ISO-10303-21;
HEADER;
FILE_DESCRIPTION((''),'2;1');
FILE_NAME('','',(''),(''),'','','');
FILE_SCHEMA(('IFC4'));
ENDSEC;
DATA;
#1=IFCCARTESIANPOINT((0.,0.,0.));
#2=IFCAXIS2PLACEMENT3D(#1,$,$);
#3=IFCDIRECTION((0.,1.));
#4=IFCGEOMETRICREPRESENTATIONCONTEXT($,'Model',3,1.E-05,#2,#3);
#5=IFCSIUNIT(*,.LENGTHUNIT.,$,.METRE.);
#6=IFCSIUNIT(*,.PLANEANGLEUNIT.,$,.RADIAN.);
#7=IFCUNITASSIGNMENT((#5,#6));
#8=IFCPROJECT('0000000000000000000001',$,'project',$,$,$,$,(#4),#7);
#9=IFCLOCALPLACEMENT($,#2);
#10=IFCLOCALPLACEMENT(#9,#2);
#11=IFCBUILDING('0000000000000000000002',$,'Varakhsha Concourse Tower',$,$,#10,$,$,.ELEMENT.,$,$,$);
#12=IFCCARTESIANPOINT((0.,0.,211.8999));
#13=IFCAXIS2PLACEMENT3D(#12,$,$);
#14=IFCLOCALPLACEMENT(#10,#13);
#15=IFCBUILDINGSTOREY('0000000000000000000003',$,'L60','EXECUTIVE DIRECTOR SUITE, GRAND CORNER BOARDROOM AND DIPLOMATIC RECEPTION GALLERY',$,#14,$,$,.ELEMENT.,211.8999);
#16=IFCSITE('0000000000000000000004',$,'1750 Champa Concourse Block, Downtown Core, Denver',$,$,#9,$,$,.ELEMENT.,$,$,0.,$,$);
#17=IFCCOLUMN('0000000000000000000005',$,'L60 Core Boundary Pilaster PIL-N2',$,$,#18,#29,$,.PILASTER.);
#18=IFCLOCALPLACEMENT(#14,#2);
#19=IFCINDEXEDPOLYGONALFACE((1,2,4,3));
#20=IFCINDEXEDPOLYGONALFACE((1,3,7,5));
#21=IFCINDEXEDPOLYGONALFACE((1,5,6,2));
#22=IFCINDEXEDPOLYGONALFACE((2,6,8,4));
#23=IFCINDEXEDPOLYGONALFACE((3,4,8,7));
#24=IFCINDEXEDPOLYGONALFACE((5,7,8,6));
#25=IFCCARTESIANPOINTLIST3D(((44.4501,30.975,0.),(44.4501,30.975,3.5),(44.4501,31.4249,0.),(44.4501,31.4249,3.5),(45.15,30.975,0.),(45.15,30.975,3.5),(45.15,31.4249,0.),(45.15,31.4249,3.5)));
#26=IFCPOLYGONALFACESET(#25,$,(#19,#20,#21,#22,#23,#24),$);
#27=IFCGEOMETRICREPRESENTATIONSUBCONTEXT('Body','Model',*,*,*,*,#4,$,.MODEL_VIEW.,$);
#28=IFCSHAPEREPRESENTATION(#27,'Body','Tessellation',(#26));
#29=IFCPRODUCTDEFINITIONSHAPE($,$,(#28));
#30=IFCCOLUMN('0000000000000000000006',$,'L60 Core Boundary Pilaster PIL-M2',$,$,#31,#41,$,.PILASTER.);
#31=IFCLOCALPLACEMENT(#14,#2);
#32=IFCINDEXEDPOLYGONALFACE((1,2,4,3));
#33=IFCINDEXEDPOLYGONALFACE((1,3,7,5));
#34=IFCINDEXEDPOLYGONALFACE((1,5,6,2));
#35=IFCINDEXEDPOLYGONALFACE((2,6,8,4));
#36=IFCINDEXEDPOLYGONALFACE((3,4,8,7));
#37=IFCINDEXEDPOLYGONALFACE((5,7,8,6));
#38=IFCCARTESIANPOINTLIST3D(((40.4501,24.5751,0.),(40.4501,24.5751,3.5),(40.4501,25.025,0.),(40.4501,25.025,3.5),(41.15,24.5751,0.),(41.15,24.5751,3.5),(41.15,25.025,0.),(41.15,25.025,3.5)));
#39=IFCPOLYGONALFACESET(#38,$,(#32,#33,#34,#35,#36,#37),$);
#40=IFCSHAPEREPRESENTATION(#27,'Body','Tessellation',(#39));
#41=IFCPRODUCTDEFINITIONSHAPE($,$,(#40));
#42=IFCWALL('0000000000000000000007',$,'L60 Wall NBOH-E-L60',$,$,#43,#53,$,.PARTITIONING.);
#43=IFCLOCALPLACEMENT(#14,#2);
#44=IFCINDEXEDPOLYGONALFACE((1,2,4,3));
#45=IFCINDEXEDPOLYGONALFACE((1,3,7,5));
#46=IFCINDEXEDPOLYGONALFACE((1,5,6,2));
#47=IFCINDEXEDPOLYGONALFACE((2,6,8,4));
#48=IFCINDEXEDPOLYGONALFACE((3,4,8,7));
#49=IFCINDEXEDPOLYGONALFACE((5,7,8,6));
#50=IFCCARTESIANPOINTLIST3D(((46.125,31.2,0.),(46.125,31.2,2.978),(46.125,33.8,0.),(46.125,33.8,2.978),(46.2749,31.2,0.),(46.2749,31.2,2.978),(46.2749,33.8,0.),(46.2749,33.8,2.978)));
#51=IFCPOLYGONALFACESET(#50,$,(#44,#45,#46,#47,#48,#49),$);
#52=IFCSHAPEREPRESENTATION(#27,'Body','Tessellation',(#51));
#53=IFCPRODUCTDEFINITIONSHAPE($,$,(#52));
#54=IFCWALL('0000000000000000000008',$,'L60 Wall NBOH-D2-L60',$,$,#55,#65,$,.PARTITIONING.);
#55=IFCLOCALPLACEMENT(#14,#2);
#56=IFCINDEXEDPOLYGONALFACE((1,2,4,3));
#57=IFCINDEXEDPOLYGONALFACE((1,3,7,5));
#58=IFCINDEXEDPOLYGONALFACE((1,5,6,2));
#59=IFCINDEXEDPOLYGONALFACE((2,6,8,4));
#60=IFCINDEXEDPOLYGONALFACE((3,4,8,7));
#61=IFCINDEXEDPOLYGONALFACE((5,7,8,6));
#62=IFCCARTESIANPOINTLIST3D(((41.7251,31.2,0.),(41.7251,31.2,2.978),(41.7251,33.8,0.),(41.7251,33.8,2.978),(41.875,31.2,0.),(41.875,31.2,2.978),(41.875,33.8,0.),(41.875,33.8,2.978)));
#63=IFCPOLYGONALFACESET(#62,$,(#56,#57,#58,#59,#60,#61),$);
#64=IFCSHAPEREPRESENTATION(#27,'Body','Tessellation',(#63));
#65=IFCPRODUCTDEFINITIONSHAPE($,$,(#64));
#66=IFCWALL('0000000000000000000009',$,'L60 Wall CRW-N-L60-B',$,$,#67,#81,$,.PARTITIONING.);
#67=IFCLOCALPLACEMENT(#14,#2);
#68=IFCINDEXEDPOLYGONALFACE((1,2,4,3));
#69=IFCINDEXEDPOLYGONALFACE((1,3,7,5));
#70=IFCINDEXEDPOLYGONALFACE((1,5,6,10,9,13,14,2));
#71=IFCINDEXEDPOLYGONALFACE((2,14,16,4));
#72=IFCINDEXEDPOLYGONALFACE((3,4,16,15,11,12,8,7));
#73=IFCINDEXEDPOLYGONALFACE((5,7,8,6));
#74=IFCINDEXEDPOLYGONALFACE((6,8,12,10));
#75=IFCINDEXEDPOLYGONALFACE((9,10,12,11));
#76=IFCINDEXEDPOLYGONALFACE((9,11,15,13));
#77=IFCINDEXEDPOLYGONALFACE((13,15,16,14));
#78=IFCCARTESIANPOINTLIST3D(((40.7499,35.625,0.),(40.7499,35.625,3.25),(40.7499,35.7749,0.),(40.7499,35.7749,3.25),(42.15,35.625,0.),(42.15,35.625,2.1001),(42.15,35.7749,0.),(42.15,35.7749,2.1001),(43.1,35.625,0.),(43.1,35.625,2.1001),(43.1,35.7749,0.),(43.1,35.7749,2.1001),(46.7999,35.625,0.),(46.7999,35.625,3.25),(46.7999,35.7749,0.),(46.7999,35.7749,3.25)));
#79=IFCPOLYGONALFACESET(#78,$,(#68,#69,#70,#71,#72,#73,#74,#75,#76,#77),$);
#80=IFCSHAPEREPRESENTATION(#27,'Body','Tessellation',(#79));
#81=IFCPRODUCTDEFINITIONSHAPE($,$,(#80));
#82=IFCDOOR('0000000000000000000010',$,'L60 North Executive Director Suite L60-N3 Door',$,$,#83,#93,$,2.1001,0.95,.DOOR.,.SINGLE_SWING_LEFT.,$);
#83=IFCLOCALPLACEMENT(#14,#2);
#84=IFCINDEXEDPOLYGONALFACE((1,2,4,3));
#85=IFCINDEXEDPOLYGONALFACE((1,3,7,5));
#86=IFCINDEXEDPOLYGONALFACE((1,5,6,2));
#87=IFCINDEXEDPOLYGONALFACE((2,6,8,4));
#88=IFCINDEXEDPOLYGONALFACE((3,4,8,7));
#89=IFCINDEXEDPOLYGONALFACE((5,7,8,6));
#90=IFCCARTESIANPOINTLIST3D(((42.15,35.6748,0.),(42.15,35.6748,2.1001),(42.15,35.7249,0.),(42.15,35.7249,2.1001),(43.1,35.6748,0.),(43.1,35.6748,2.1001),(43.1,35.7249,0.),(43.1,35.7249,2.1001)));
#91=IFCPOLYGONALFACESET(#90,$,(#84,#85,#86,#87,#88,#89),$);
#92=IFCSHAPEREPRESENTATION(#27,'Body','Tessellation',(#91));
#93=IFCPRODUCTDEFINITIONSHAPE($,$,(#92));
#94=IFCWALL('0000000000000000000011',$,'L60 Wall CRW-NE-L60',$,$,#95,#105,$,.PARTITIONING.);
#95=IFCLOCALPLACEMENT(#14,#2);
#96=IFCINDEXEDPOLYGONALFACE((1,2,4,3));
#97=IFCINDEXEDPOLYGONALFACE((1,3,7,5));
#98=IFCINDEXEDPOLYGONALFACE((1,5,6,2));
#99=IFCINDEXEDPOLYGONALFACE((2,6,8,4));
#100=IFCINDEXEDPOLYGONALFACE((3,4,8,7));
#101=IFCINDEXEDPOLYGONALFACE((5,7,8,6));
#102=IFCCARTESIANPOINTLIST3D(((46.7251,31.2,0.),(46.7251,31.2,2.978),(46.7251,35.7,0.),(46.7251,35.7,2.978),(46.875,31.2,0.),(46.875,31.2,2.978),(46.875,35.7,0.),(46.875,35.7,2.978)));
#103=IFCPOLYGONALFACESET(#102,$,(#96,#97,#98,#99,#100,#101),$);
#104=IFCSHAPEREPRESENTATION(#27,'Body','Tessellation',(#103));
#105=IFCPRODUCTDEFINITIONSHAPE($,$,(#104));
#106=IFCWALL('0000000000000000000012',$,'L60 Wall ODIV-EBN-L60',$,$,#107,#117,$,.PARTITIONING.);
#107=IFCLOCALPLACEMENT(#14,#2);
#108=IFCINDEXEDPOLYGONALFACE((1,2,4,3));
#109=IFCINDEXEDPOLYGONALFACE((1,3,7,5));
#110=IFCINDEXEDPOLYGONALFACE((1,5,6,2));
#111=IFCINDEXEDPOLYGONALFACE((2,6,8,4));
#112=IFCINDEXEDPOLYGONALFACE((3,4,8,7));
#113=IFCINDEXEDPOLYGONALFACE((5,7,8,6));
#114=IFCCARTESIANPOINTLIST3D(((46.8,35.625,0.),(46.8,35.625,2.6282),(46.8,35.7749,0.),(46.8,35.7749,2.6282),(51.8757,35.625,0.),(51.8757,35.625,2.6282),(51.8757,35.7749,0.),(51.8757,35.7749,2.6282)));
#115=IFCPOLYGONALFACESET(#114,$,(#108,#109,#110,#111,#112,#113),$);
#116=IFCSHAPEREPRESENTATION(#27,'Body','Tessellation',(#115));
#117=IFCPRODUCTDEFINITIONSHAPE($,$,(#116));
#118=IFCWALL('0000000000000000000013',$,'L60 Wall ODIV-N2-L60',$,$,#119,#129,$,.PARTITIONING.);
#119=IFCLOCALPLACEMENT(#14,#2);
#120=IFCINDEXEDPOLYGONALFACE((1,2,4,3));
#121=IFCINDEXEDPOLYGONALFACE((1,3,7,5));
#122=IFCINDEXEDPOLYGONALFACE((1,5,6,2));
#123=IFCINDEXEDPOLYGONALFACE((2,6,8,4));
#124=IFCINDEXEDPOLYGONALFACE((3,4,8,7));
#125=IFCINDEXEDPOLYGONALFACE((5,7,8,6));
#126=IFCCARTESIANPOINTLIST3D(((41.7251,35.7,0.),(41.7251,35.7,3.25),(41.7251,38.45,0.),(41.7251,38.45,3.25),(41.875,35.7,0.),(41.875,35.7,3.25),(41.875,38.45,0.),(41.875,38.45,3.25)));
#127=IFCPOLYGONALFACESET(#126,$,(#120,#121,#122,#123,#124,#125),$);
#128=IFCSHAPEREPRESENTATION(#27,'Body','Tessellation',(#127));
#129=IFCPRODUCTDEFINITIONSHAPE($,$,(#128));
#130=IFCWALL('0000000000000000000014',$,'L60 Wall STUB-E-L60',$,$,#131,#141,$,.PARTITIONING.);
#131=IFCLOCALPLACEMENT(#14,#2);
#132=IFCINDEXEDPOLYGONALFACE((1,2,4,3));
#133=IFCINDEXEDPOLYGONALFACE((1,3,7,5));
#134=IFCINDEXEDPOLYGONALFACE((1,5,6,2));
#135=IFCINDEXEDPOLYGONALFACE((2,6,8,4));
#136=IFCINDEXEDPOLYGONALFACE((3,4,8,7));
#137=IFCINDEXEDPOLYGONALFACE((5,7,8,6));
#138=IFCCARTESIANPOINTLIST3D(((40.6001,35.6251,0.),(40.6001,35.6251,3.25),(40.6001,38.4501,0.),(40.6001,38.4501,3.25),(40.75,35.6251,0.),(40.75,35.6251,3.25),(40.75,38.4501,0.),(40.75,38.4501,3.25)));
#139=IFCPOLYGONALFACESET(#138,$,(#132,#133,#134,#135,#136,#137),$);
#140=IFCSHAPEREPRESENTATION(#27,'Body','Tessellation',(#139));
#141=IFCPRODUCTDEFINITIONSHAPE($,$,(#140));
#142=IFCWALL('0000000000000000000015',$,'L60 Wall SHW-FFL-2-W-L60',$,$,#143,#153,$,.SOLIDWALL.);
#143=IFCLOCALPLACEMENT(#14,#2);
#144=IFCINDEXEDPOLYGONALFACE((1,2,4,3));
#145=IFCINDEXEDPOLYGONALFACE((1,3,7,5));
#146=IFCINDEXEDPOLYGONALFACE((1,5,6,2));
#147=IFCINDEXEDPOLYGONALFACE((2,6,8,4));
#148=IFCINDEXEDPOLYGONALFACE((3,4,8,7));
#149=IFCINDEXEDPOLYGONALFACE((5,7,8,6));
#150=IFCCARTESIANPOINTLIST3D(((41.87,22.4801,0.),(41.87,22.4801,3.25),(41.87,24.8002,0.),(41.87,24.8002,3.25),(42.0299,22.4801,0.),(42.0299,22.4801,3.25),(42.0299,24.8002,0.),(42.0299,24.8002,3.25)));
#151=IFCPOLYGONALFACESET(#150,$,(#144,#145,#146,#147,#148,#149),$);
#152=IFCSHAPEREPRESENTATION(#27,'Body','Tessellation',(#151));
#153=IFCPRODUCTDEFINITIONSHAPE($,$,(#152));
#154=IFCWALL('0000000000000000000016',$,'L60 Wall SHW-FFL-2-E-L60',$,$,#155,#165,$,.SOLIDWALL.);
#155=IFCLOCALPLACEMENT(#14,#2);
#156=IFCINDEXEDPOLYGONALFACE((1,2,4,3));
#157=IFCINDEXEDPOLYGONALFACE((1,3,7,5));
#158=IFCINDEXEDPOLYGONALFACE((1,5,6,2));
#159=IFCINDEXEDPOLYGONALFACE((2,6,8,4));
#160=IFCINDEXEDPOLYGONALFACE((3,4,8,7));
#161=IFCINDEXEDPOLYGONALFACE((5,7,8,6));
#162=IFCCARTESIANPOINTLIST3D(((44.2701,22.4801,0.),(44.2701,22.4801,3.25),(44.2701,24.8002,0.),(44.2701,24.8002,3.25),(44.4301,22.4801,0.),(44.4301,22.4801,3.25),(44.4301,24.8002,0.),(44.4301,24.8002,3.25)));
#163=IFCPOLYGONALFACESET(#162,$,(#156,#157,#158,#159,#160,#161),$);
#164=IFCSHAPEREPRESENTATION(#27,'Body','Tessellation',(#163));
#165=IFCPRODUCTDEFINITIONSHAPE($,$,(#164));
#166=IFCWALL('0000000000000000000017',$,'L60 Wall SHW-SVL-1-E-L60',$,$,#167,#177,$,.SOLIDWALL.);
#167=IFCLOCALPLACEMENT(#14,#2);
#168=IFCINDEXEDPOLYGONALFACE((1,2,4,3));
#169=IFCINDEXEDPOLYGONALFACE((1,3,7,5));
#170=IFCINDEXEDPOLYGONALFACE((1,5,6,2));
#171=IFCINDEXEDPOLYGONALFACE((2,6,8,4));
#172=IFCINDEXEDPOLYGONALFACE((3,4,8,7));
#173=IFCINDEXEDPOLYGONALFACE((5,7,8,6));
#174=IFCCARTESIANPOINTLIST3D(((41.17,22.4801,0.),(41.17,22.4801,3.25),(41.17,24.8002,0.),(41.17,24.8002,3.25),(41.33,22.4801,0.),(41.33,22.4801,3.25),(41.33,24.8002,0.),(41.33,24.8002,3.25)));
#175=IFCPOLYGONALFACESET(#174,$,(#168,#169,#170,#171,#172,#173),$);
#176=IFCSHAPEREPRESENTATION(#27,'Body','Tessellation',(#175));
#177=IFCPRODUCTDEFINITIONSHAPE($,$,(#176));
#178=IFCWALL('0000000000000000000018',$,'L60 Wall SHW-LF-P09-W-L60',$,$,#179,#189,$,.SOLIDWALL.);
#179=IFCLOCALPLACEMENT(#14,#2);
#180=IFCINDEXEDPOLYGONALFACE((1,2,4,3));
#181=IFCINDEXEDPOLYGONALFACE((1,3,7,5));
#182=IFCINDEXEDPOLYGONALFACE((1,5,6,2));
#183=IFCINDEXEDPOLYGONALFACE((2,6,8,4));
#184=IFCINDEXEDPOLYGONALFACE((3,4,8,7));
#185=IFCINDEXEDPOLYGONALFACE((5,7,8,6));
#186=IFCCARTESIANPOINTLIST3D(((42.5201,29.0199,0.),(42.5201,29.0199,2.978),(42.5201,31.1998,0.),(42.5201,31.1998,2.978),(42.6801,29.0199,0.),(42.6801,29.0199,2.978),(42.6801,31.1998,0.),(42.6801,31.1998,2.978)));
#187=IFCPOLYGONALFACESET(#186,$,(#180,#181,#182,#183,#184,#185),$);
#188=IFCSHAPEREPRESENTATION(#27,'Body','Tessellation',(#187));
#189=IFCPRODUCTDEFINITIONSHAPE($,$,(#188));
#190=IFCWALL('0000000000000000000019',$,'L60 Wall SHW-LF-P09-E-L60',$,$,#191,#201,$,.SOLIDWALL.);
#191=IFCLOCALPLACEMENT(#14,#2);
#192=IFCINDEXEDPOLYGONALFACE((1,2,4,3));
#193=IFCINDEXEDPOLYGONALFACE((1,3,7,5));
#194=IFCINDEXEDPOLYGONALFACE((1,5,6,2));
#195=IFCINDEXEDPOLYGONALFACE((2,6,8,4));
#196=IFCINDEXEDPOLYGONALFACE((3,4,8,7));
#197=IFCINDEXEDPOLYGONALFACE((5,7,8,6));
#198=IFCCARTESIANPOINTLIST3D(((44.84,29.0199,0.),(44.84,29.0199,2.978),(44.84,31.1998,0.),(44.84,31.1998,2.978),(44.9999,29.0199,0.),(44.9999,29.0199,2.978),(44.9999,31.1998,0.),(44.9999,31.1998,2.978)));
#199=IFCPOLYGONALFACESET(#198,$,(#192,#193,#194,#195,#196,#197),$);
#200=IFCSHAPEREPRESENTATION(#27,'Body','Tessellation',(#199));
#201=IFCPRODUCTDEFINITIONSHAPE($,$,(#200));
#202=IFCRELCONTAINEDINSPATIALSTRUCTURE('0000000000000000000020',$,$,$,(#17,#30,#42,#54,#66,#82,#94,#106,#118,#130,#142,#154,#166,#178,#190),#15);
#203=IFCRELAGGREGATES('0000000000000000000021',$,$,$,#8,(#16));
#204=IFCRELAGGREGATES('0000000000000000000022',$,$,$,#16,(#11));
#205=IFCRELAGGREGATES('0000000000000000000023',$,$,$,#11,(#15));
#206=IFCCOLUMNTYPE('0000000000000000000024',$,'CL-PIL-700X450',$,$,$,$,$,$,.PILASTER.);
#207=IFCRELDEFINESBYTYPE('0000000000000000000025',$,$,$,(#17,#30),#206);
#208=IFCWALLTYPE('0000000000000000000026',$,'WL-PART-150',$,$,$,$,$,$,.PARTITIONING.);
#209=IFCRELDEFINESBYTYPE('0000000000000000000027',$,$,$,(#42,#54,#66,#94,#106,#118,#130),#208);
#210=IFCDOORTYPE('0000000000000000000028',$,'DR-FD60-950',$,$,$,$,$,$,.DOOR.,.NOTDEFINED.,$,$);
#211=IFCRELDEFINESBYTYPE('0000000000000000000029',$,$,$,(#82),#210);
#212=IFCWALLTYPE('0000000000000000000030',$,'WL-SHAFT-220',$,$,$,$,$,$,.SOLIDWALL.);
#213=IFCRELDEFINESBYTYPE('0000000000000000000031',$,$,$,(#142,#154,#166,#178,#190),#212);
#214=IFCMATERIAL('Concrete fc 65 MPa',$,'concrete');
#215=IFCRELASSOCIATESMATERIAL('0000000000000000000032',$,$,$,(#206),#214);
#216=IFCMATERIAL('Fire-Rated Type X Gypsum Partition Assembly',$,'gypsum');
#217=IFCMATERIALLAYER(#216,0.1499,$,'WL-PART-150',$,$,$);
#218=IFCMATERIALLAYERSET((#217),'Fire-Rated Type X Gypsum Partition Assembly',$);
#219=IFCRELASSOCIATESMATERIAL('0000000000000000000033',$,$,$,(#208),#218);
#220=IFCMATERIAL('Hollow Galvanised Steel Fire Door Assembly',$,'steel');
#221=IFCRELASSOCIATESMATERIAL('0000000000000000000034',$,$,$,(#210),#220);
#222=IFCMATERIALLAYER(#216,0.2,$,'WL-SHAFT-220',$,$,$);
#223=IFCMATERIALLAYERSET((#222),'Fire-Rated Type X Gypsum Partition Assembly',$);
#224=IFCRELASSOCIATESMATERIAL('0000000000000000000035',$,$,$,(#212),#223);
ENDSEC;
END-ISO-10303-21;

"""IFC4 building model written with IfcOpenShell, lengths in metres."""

from ifc_helpers import new_model, si_unit, direction, frame, frame_2d, origin, origin_2d, place, context, subcontext, project, spatial, rectangle, extrude, material, layer, layer_set, material_profile, profile_set, type_object, element, fill, save


model = new_model("IFC4")

# Units and contexts
model_context = context("Model", 3, precision=1e-05, world=origin(), true_north=direction((0.0, 1.0)))
body_context = subcontext(model_context, "Body", "Model", "MODEL_VIEW")
ifc_project = project(units=[si_unit("LENGTHUNIT", "METRE"), si_unit("PLANEANGLEUNIT", "RADIAN")], contexts=[model_context])

# Site, building, storey
site_placement = place(None, origin())
site = spatial("IfcSite", under=ifc_project, at=site_placement, Name="1750 Champa Concourse Block, Downtown Core, Denver", CompositionType="ELEMENT", RefElevation=0.0)
building_placement = place(site_placement, origin())
building = spatial("IfcBuilding", under=site, at=building_placement, Name="Varakhsha Concourse Tower", CompositionType="ELEMENT")
storey_placement = place(building_placement, frame((0.0, 0.0, 211.8999)))
storey = spatial("IfcBuildingStorey", under=building, at=storey_placement, Name="L60", Description="EXECUTIVE DIRECTOR SUITE, GRAND CORNER BOARDROOM AND DIPLOMATIC RECEPTION GALLERY", CompositionType="ELEMENT", Elevation=211.8999)

# Columns
ifc_material_1 = material(Name="Concrete fc 65 MPa", Category="concrete")
ifc_material_profile = material_profile(ifc_material_1, rectangle(XDim=0.7, YDim=0.45, at=origin_2d()), Name="RC 700x450")
ifc_profile_set = profile_set([ifc_material_profile], Name="Concrete fc 65 MPa")
column_type = type_object("IfcColumnType", Name="CL-PIL-700X450", PredefinedType="PILASTER", material=ifc_profile_set)
for number, where, z_axis, x_axis, name in (
    (1, (44.8, 31.2, 0.0), (0.0, 0.0, 1.0), (1.0, 0.0, 0.0), "L60 Core Boundary Pilaster PIL-N2"),
    (2, (40.8, 24.8, 0.0), (0.0, 0.0, 1.0), (1.0, 0.0, 0.0), "L60 Core Boundary Pilaster PIL-M2"),
):
    element("IfcColumn", number, at=place(storey_placement, frame(where, z_axis=z_axis, x_axis=x_axis)), inside=storey, type_object=column_type, Name=name, PredefinedType="PILASTER", context=body_context, shape_type="SweptSolid", body=[
        extrude(rectangle(XDim=0.7, YDim=0.45, at=origin_2d()), origin(), (0.0, 0.0, 1.0), 3.5),
    ])

# Walls
ifc_material_2 = material(Name="Fire-Rated Type X Gypsum Partition Assembly", Category="gypsum")
ifc_layer_1 = layer(ifc_material_2, 0.1499, Name="WL-PART-150")
ifc_layer_set_1 = layer_set([ifc_layer_1], Name="Fire-Rated Type X Gypsum Partition Assembly")
wall_type_1 = type_object("IfcWallType", Name="WL-PART-150", PredefinedType="PARTITIONING", material=ifc_layer_set_1)
for number, where, z_axis, x_axis, name in (
    (3, (46.2, 31.2, 0.0), (0.0, 0.0, 1.0), (0.0, 1.0, 0.0), "L60 Wall NBOH-E-L60"),
    (4, (41.8, 31.2, 0.0), (0.0, 0.0, 1.0), (0.0, 1.0, 0.0), "L60 Wall NBOH-D2-L60"),
):
    element("IfcWall", number, at=place(storey_placement, frame(where, z_axis=z_axis, x_axis=x_axis)), inside=storey, type_object=wall_type_1, Name=name, PredefinedType="PARTITIONING", context=body_context, shape_type="SweptSolid", body=[
        extrude(rectangle(XDim=2.6001, YDim=0.1499, at=frame_2d((1.3, 0.0))), origin(), (0.0, 0.0, 1.0), 2.978),
    ])

# Wall, opening, door
wall_1_placement = place(storey_placement, frame((40.75, 35.7, 0.0), z_axis=(0.0, 0.0, 1.0), x_axis=(1.0, 0.0, 0.0)))
wall_1 = element("IfcWall", 5, at=wall_1_placement, inside=storey, type_object=wall_type_1, Name="L60 Wall CRW-N-L60-B", PredefinedType="PARTITIONING", context=body_context, shape_type="SweptSolid", body=[
    extrude(rectangle(XDim=6.05, YDim=0.1499, at=frame_2d((3.0249, 0.0))), origin(), (0.0, 0.0, 1.0), 3.25),
])
opening_placement = place(wall_1_placement, frame((1.3999, 0.0, 0.0)))
opening = element("IfcOpeningElement", 6, at=opening_placement, cuts=wall_1, PredefinedType="OPENING", context=body_context, shape_type="SweptSolid", body=[
    extrude(rectangle(XDim=0.95, YDim=2.1001, at=frame_2d((0.4751, 1.05))), frame((0.0, 0.085, 0.0), z_axis=(0.0, -1.0, 0.0), x_axis=(1.0, 0.0, 0.0)), (0.0, 0.0, 1.0), 0.1699),
])
ifc_material_3 = material(Name="Hollow Galvanised Steel Fire Door Assembly", Category="steel")
door_type = type_object("IfcDoorType", Name="DR-FD60-950", OperationType="NOTDEFINED", PredefinedType="DOOR", material=ifc_material_3)
door_placement = place(opening_placement, origin())
door = element("IfcDoor", 7, at=door_placement, inside=storey, type_object=door_type, Name="L60 North Executive Director Suite L60-N3 Door", OperationType="SINGLE_SWING_LEFT", OverallHeight=2.1001, OverallWidth=0.95, PredefinedType="DOOR", context=body_context, shape_type="SweptSolid", body=[
    extrude(rectangle(XDim=0.95, YDim=2.1001, at=frame_2d((0.4751, 1.05))), frame((0.0, 0.0249, 0.0), z_axis=(0.0, -1.0, 0.0), x_axis=(1.0, 0.0, 0.0)), (0.0, 0.0, 1.0), 0.05),
])
fill(opening, door)

# Walls
wall_2_placement = place(storey_placement, frame((46.8, 31.2, 0.0), z_axis=(0.0, 0.0, 1.0), x_axis=(0.0, 1.0, 0.0)))
element("IfcWall", 8, at=wall_2_placement, inside=storey, type_object=wall_type_1, Name="L60 Wall CRW-NE-L60", PredefinedType="PARTITIONING", context=body_context, shape_type="SweptSolid", body=[
    extrude(rectangle(XDim=4.5, YDim=0.1499, at=frame_2d((2.25, 0.0))), origin(), (0.0, 0.0, 1.0), 2.978),
])
wall_3_placement = place(storey_placement, frame((46.8, 35.7, 0.0), z_axis=(0.0, 0.0, 1.0), x_axis=(1.0, 0.0, 0.0)))
element("IfcWall", 9, at=wall_3_placement, inside=storey, type_object=wall_type_1, Name="L60 Wall ODIV-EBN-L60", PredefinedType="PARTITIONING", context=body_context, shape_type="SweptSolid", body=[
    extrude(rectangle(XDim=5.0757, YDim=0.1499, at=frame_2d((2.5378, 0.0))), origin(), (0.0, 0.0, 1.0), 2.6282),
])
wall_4_placement = place(storey_placement, frame((41.8, 35.7, 0.0), z_axis=(0.0, 0.0, 1.0), x_axis=(0.0, 1.0, 0.0)))
element("IfcWall", 10, at=wall_4_placement, inside=storey, type_object=wall_type_1, Name="L60 Wall ODIV-N2-L60", PredefinedType="PARTITIONING", context=body_context, shape_type="SweptSolid", body=[
    extrude(rectangle(XDim=2.75, YDim=0.1499, at=frame_2d((1.375, 0.0))), origin(), (0.0, 0.0, 1.0), 3.25),
])
wall_5_placement = place(storey_placement, frame((40.675, 35.625, 0.0), z_axis=(0.0, 0.0, 1.0), x_axis=(0.0, 1.0, 0.0)))
element("IfcWall", 11, at=wall_5_placement, inside=storey, type_object=wall_type_1, Name="L60 Wall STUB-E-L60", PredefinedType="PARTITIONING", context=body_context, shape_type="SweptSolid", body=[
    extrude(rectangle(XDim=2.825, YDim=0.1499, at=frame_2d((1.4126, 0.0))), origin(), (0.0, 0.0, 1.0), 3.25),
])
ifc_layer_2 = layer(ifc_material_2, 0.2, Name="WL-SHAFT-220")
ifc_layer_set_2 = layer_set([ifc_layer_2], Name="Fire-Rated Type X Gypsum Partition Assembly")
wall_type_2 = type_object("IfcWallType", Name="WL-SHAFT-220", PredefinedType="SOLIDWALL", material=ifc_layer_set_2)
for number, where, z_axis, x_axis, name in (
    (12, (41.95, 22.48, 0.0), (0.0, 0.0, 1.0), (0.0, 1.0, 0.0), "L60 Wall SHW-FFL-2-W-L60"),
    (13, (44.3501, 22.48, 0.0), (0.0, 0.0, 1.0), (0.0, 1.0, 0.0), "L60 Wall SHW-FFL-2-E-L60"),
    (14, (41.25, 22.48, 0.0), (0.0, 0.0, 1.0), (0.0, 1.0, 0.0), "L60 Wall SHW-SVL-1-E-L60"),
):
    element("IfcWall", number, at=place(storey_placement, frame(where, z_axis=z_axis, x_axis=x_axis)), inside=storey, type_object=wall_type_2, Name=name, PredefinedType="SOLIDWALL", context=body_context, shape_type="SweptSolid", body=[
        extrude(rectangle(XDim=2.3201, YDim=0.1599, at=frame_2d((1.1602, 0.0))), origin(), (0.0, 0.0, 1.0), 3.25),
    ])
for number, where, z_axis, x_axis, name in (
    (15, (42.6001, 29.02, 0.0), (0.0, 0.0, 1.0), (0.0, 1.0, 0.0), "L60 Wall SHW-LF-P09-W-L60"),
    (16, (44.9199, 29.02, 0.0), (0.0, 0.0, 1.0), (0.0, 1.0, 0.0), "L60 Wall SHW-LF-P09-E-L60"),
):
    element("IfcWall", number, at=place(storey_placement, frame(where, z_axis=z_axis, x_axis=x_axis)), inside=storey, type_object=wall_type_2, Name=name, PredefinedType="SOLIDWALL", context=body_context, shape_type="SweptSolid", body=[
        extrude(rectangle(XDim=2.1799, YDim=0.1599, at=frame_2d((1.0898, 0.0))), origin(), (0.0, 0.0, 1.0), 2.978),
    ])

save(model, "model.ifc")
